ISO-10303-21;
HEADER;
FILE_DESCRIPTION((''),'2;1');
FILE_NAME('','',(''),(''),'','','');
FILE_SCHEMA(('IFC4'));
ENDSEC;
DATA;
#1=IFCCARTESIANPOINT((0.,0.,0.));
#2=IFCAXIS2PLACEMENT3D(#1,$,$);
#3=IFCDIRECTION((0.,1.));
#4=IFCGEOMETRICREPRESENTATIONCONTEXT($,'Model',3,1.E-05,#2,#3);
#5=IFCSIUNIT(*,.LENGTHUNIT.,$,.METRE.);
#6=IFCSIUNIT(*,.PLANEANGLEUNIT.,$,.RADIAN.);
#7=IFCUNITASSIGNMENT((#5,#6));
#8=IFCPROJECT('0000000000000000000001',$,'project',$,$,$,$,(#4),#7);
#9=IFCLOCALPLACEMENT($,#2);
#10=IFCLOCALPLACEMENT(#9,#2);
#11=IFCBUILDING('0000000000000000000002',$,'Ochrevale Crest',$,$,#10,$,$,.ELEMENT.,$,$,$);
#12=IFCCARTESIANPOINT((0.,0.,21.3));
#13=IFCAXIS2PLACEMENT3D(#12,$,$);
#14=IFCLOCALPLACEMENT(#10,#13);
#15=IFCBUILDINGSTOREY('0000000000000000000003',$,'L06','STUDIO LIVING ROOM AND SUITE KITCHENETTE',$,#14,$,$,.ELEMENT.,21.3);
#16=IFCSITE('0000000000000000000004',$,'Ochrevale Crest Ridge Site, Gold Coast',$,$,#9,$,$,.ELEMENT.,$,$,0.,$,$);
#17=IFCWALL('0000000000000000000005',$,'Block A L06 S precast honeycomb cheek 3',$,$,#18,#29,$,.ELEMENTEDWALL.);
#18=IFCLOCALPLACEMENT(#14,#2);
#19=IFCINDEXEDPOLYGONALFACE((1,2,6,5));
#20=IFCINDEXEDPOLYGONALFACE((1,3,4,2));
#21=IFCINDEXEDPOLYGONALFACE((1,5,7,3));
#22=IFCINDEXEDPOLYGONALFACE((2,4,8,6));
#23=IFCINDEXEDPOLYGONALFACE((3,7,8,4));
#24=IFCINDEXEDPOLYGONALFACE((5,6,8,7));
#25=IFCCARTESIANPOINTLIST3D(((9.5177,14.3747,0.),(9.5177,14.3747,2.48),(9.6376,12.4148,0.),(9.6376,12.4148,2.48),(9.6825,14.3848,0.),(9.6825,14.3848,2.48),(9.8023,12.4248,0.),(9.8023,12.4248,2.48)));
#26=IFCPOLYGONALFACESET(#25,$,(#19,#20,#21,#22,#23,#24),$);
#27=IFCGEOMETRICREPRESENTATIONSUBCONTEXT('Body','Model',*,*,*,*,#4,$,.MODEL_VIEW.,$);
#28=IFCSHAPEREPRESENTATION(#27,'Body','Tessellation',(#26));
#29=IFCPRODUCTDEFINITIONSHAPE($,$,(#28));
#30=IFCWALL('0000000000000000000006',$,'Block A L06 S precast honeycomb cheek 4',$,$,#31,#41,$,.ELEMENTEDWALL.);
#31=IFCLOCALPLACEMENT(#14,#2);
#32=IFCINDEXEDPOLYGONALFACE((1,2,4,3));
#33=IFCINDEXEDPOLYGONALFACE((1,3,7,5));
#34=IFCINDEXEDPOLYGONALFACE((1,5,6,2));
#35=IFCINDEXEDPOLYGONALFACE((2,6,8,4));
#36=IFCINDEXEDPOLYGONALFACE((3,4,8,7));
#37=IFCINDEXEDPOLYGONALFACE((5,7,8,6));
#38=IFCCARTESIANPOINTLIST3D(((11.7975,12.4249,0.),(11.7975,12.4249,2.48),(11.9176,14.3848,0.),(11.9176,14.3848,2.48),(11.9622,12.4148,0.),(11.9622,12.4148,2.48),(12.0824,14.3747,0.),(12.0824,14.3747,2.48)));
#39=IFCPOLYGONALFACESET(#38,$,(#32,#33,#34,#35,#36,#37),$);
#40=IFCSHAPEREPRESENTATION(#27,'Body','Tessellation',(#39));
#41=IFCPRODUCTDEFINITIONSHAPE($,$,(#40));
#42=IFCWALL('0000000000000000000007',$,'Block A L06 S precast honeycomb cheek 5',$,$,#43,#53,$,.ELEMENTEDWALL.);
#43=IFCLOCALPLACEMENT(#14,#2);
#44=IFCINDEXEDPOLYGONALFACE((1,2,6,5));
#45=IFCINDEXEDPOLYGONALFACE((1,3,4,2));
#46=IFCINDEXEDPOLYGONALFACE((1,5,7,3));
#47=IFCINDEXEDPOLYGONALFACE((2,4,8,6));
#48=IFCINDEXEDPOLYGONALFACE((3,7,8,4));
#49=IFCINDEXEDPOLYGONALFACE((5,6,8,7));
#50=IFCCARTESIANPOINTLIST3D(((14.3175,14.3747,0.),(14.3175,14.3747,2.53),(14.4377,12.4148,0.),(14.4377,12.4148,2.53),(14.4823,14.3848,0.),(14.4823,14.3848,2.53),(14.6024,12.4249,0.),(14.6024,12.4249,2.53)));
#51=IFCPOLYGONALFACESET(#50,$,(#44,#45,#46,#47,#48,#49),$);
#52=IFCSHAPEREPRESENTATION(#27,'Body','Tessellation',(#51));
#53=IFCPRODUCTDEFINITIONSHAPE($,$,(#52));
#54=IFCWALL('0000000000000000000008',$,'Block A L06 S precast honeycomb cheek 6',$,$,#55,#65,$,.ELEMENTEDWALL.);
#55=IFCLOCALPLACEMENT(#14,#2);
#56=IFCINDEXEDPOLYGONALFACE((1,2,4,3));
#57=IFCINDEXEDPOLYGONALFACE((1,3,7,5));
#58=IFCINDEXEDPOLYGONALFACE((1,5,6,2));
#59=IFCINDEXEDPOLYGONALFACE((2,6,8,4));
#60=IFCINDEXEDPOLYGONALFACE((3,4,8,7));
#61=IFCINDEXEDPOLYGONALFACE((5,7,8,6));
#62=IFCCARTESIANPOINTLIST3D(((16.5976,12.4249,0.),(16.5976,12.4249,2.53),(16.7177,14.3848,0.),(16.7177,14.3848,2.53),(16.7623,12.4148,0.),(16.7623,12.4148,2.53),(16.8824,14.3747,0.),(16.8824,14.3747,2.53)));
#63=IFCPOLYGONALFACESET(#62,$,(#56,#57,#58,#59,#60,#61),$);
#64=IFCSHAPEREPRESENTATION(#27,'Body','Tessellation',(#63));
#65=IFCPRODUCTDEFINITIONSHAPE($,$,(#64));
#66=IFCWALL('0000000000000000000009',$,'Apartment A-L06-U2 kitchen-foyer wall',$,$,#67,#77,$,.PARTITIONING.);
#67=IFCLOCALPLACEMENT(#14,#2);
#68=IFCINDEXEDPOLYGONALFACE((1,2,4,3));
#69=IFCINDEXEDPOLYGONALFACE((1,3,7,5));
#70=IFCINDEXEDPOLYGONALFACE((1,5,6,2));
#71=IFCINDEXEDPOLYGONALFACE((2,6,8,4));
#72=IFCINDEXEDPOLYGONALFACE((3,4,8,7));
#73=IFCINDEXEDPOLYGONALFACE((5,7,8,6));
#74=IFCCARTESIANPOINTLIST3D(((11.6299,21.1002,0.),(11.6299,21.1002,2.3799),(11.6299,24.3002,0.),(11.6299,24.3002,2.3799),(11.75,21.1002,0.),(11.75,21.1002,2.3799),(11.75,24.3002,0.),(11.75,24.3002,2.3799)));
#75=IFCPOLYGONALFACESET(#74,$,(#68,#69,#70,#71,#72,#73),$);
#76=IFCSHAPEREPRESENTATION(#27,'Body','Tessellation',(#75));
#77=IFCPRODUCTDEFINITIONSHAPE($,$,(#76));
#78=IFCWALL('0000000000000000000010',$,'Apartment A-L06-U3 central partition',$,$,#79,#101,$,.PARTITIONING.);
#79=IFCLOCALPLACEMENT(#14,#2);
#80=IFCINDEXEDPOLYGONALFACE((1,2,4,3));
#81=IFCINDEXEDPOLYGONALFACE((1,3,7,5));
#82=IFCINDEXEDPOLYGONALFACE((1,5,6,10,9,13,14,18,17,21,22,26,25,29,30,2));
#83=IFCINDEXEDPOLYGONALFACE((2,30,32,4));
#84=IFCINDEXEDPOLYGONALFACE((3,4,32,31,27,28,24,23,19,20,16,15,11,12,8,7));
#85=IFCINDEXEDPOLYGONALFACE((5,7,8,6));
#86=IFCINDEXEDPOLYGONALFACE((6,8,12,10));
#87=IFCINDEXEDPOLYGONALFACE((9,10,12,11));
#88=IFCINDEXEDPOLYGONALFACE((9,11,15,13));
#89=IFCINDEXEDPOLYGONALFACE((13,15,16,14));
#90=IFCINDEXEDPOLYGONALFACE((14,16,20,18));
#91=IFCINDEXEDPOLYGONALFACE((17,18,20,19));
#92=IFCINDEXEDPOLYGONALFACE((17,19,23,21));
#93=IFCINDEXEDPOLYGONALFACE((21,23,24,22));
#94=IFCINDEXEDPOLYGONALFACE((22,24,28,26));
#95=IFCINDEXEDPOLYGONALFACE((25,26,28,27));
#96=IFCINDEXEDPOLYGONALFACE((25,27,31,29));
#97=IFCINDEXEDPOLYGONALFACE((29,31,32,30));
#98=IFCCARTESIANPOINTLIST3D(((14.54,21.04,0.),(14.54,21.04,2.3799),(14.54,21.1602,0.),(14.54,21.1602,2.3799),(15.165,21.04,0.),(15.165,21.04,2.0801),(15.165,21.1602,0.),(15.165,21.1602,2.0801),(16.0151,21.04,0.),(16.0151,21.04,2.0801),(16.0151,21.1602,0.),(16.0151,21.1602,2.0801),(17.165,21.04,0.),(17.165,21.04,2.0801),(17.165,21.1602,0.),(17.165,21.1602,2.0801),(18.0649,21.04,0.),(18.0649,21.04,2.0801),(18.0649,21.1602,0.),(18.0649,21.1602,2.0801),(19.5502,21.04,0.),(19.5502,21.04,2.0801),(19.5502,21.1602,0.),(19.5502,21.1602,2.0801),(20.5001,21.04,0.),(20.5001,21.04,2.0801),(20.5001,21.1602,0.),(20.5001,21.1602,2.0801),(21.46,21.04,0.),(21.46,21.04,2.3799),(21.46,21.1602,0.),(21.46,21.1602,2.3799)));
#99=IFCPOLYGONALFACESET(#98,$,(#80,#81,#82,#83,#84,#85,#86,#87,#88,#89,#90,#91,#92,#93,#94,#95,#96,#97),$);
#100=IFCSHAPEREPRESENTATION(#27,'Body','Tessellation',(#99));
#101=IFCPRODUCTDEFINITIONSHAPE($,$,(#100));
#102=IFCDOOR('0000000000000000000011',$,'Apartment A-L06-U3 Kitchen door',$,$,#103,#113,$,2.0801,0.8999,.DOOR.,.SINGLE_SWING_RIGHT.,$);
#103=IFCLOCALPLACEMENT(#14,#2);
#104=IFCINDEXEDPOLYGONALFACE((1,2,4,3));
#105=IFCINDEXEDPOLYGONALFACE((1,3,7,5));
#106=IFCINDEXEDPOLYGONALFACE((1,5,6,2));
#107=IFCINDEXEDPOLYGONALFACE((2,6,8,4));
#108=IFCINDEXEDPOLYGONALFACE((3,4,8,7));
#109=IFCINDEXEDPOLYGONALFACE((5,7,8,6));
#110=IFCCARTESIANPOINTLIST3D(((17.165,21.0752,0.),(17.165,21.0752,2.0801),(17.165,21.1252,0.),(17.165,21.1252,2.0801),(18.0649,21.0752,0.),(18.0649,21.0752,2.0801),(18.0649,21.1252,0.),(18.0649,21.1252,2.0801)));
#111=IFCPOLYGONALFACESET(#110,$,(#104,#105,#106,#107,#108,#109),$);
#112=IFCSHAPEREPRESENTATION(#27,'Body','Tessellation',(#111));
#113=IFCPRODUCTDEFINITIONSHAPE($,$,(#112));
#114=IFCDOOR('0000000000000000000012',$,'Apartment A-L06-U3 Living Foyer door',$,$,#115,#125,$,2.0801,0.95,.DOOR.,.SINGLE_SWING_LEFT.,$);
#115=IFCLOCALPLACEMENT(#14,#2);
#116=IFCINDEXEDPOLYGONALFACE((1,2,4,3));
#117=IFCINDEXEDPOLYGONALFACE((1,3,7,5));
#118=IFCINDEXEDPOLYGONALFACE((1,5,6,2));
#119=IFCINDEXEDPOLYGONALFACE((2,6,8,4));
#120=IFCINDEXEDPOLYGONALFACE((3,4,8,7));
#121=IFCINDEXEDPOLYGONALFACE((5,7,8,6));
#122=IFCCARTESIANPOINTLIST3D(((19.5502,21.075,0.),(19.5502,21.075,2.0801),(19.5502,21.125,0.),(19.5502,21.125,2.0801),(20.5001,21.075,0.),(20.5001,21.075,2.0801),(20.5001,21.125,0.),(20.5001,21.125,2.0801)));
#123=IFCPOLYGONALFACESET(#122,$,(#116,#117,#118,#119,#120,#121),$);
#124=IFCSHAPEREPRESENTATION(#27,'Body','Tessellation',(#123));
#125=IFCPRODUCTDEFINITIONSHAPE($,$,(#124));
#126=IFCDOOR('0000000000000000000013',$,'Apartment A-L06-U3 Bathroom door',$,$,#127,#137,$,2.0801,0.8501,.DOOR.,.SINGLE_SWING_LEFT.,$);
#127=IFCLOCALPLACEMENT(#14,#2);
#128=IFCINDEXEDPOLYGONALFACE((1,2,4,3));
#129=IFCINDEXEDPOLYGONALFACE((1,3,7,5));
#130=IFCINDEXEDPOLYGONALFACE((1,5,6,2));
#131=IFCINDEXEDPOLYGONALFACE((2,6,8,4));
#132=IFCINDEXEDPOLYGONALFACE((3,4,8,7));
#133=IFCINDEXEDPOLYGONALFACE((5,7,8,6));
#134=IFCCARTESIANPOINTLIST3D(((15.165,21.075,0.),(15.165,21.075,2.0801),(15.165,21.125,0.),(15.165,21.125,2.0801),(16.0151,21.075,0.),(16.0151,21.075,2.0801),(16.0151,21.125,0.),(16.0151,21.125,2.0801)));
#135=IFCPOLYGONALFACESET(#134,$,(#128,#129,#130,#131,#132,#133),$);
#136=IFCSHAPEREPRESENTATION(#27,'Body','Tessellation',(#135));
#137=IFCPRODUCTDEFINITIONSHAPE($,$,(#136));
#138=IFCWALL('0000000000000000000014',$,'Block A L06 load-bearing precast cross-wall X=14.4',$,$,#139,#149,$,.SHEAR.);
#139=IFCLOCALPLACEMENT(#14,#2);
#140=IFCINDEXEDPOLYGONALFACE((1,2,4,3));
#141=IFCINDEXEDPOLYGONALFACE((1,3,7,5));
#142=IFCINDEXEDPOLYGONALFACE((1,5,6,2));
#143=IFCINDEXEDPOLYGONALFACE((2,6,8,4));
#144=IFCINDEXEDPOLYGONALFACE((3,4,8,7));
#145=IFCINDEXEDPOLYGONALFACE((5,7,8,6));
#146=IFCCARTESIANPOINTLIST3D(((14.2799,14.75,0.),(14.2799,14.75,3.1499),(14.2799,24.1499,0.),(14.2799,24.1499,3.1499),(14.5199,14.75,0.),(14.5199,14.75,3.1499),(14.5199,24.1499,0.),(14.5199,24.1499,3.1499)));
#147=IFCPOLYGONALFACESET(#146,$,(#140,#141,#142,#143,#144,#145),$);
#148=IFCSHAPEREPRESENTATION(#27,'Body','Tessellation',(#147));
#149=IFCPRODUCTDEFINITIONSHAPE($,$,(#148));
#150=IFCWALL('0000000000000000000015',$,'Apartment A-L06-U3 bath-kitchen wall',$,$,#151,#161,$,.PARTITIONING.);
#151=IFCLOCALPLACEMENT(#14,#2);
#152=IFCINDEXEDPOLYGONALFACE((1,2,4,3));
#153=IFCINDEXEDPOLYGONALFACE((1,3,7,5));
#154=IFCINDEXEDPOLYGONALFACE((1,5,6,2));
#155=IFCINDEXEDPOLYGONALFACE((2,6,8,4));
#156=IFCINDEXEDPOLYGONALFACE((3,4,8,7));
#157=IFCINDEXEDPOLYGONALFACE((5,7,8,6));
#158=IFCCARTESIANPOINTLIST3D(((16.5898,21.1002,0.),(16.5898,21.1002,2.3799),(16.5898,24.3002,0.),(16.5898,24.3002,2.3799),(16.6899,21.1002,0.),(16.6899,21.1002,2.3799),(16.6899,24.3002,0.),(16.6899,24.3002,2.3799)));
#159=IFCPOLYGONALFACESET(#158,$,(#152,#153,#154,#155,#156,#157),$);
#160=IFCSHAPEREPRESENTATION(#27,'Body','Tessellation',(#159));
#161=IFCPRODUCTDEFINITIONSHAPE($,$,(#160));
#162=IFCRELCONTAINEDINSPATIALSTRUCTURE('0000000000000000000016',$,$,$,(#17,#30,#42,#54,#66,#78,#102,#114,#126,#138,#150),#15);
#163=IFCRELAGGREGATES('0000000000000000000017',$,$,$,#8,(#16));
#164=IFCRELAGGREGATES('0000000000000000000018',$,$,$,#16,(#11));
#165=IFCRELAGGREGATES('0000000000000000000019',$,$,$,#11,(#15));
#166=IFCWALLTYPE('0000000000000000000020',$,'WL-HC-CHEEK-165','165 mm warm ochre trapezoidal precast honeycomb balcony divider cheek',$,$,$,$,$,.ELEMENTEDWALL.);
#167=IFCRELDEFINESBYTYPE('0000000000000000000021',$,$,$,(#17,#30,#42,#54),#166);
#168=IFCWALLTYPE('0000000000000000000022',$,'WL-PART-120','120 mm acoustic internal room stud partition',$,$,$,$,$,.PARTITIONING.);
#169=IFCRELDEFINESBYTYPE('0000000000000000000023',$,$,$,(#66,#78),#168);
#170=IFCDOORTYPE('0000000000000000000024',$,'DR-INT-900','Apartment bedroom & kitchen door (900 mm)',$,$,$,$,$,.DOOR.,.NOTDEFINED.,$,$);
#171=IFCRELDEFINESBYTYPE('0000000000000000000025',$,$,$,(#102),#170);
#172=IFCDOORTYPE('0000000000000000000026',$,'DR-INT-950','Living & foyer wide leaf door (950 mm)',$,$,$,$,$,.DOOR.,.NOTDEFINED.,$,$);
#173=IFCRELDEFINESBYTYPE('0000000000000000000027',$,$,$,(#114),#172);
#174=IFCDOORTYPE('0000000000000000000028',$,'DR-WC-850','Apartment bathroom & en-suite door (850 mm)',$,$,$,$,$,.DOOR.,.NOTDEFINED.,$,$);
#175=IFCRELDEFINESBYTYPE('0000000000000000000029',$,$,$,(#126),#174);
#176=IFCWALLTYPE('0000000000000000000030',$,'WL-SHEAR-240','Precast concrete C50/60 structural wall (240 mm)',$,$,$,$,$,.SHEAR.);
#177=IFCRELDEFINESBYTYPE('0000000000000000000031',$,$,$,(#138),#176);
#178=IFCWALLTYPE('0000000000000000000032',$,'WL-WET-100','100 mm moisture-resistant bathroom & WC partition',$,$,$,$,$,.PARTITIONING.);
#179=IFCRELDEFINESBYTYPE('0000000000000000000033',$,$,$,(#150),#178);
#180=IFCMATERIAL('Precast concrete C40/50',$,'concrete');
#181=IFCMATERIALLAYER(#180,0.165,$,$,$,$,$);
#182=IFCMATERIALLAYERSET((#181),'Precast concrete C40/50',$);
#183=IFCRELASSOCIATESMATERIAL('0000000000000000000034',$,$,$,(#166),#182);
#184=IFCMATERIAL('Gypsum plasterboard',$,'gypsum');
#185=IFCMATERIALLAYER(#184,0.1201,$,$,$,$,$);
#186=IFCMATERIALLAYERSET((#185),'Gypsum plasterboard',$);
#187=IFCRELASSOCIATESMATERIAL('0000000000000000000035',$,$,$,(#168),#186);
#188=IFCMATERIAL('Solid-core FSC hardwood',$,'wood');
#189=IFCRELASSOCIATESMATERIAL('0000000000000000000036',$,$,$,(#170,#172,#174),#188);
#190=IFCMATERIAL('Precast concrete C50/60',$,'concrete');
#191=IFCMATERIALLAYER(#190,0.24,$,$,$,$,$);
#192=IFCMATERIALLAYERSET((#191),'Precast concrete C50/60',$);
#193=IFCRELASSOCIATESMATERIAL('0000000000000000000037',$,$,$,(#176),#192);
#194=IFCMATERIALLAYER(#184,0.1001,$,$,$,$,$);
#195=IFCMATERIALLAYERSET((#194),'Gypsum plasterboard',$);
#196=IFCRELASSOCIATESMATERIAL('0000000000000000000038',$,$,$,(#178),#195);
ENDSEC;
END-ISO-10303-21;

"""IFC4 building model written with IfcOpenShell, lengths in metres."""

from ifc_helpers import new_model, si_unit, direction, frame, frame_2d, origin, place, context, subcontext, project, spatial, rectangle, extrude, material, layer, layer_set, type_object, element, fill, save


model = new_model("IFC4")

# Units and contexts
model_context = context("Model", 3, precision=1e-05, world=origin(), true_north=direction((0.0, 1.0)))
body_context = subcontext(model_context, "Body", "Model", "MODEL_VIEW")
ifc_project = project(units=[si_unit("LENGTHUNIT", "METRE"), si_unit("PLANEANGLEUNIT", "RADIAN")], contexts=[model_context])

# Site, building, storey
site_placement = place(None, origin())
site = spatial("IfcSite", under=ifc_project, at=site_placement, Name="Ochrevale Crest Ridge Site, Gold Coast", CompositionType="ELEMENT", RefElevation=0.0)
building_placement = place(site_placement, origin())
building = spatial("IfcBuilding", under=site, at=building_placement, Name="Ochrevale Crest", CompositionType="ELEMENT")
storey_placement = place(building_placement, frame((0.0, 0.0, 21.3)))
storey = spatial("IfcBuildingStorey", under=building, at=storey_placement, Name="L06", Description="STUDIO LIVING ROOM AND SUITE KITCHENETTE", CompositionType="ELEMENT", Elevation=21.3)

# Shared definitions
ifc_material_1 = material(Name="Precast concrete C50/60", Category="concrete")

# Shared definitions
ifc_material_2 = material(Name="Precast concrete C40/50", Category="concrete")

# Walls
ifc_layer_1 = layer(ifc_material_2, 0.165)
ifc_layer_set_1 = layer_set([ifc_layer_1], Name="Precast concrete C40/50")
wall_type_1 = type_object("IfcWallType", Name="WL-HC-CHEEK-165", Description="165 mm warm ochre trapezoidal precast honeycomb balcony divider cheek", PredefinedType="ELEMENTEDWALL", material=ifc_layer_set_1)
for number, where, z_axis, x_axis, name in (
    (1, (9.6001, 14.3799, 0.0), (0.0, 0.0, 1.0), (0.061047, -0.998135, 0.0), "Block A L06 S precast honeycomb cheek 3"),
    (2, (12.0, 14.3799, 0.0), (0.0, 0.0, 1.0), (-0.061171, -0.998127, 0.0), "Block A L06 S precast honeycomb cheek 4"),
):
    element("IfcWall", number, at=place(storey_placement, frame(where, z_axis=z_axis, x_axis=x_axis)), inside=storey, type_object=wall_type_1, Name=name, PredefinedType="ELEMENTEDWALL", context=body_context, shape_type="SweptSolid", body=[
        extrude(rectangle(XDim=1.9636, YDim=0.165, at=frame_2d((0.9819, 0.0))), origin(), (0.0, 0.0, 1.0), 2.48),
    ])
for number, where, z_axis, x_axis, name in (
    (3, (14.3999, 14.3799, 0.0), (0.0, 0.0, 1.0), (0.061171, -0.998127, 0.0), "Block A L06 S precast honeycomb cheek 5"),
    (4, (16.8, 14.3799, 0.0), (0.0, 0.0, 1.0), (-0.061171, -0.998127, 0.0), "Block A L06 S precast honeycomb cheek 6"),
):
    element("IfcWall", number, at=place(storey_placement, frame(where, z_axis=z_axis, x_axis=x_axis)), inside=storey, type_object=wall_type_1, Name=name, PredefinedType="ELEMENTEDWALL", context=body_context, shape_type="SweptSolid", body=[
        extrude(rectangle(XDim=1.9636, YDim=0.165, at=frame_2d((0.9819, 0.0))), origin(), (0.0, 0.0, 1.0), 2.53),
    ])
ifc_material_3 = material(Name="Gypsum plasterboard", Category="gypsum")
ifc_layer_2 = layer(ifc_material_3, 0.1201)
ifc_layer_set_2 = layer_set([ifc_layer_2], Name="Gypsum plasterboard")
wall_type_2 = type_object("IfcWallType", Name="WL-PART-120", Description="120 mm acoustic internal room stud partition", PredefinedType="PARTITIONING", material=ifc_layer_set_2)
wall_1_placement = place(storey_placement, frame((11.6899, 21.1001, 0.0), z_axis=(0.0, 0.0, 1.0), x_axis=(0.0, 1.0, 0.0)))
element("IfcWall", 5, at=wall_1_placement, inside=storey, type_object=wall_type_2, Name="Apartment A-L06-U2 kitchen-foyer wall", PredefinedType="PARTITIONING", context=body_context, shape_type="SweptSolid", body=[
    extrude(rectangle(XDim=3.2, YDim=0.1201, at=frame_2d((1.6001, 0.0))), origin(), (0.0, 0.0, 1.0), 2.3799),
])

# Wall, openings, doors
wall_2_placement = place(storey_placement, frame((14.54, 21.1001, 0.0), z_axis=(0.0, 0.0, 1.0), x_axis=(1.0, 0.0, 0.0)))
wall_2 = element("IfcWall", 6, at=wall_2_placement, inside=storey, type_object=wall_type_2, Name="Apartment A-L06-U3 central partition", PredefinedType="PARTITIONING", context=body_context, shape_type="SweptSolid", body=[
    extrude(rectangle(XDim=6.9199, YDim=0.1201, at=frame_2d((3.46, 0.0))), origin(), (0.0, 0.0, 1.0), 2.3799),
])
opening_1_placement = place(wall_2_placement, frame((0.625, 0.0, 0.0)))
opening_1 = element("IfcOpeningElement", 7, at=opening_1_placement, cuts=wall_2, PredefinedType="OPENING", context=body_context, shape_type="SweptSolid", body=[
    extrude(rectangle(XDim=0.8501, YDim=2.0801, at=frame_2d((0.425, 1.04))), frame((0.0, 0.0701, 0.0), z_axis=(0.0, -1.0, 0.0), x_axis=(1.0, 0.0, 0.0)), (0.0, 0.0, 1.0), 0.1401),
])
opening_2_placement = place(wall_2_placement, frame((3.5249, 0.0, 0.0), z_axis=(0.0, 0.0, 1.0), x_axis=(-1.0, 0.0, 0.0)))
opening_2 = element("IfcOpeningElement", 8, at=opening_2_placement, cuts=wall_2, PredefinedType="OPENING", context=body_context, shape_type="SweptSolid", body=[
    extrude(rectangle(XDim=0.8999, YDim=2.0801, at=frame_2d((0.45, 1.04))), frame((0.0, 0.0701, 0.0), z_axis=(0.0, -1.0, 0.0), x_axis=(1.0, 0.0, 0.0)), (0.0, 0.0, 1.0), 0.1401),
])
opening_3_placement = place(wall_2_placement, frame((5.01, 0.0, 0.0)))
opening_3 = element("IfcOpeningElement", 9, at=opening_3_placement, cuts=wall_2, PredefinedType="OPENING", context=body_context, shape_type="SweptSolid", body=[
    extrude(rectangle(XDim=0.95, YDim=2.0801, at=frame_2d((0.4751, 1.04))), frame((0.0, 0.0701, 0.0), z_axis=(0.0, -1.0, 0.0), x_axis=(1.0, 0.0, 0.0)), (0.0, 0.0, 1.0), 0.1401),
])
ifc_material_4 = material(Name="Solid-core FSC hardwood", Category="wood")
door_type_1 = type_object("IfcDoorType", Name="DR-INT-900", Description="Apartment bedroom & kitchen door (900 mm)", OperationType="NOTDEFINED", PredefinedType="DOOR", material=ifc_material_4)
door_1_placement = place(opening_2_placement, origin())
door_1 = element("IfcDoor", 10, at=door_1_placement, inside=storey, type_object=door_type_1, Name="Apartment A-L06-U3 Kitchen door", OperationType="SINGLE_SWING_RIGHT", OverallHeight=2.0801, OverallWidth=0.8999, PredefinedType="DOOR", context=body_context, shape_type="SweptSolid", body=[
    extrude(rectangle(XDim=0.8999, YDim=2.0801, at=frame_2d((0.45, 1.04))), frame((0.0, 0.0249, 0.0), z_axis=(0.0, -1.0, 0.0), x_axis=(1.0, 0.0, 0.0)), (0.0, 0.0, 1.0), 0.05),
])
fill(opening_2, door_1)
door_type_2 = type_object("IfcDoorType", Name="DR-INT-950", Description="Living & foyer wide leaf door (950 mm)", OperationType="NOTDEFINED", PredefinedType="DOOR", material=ifc_material_4)
door_2_placement = place(opening_3_placement, origin())
door_2 = element("IfcDoor", 11, at=door_2_placement, inside=storey, type_object=door_type_2, Name="Apartment A-L06-U3 Living Foyer door", OperationType="SINGLE_SWING_LEFT", OverallHeight=2.0801, OverallWidth=0.95, PredefinedType="DOOR", context=body_context, shape_type="SweptSolid", body=[
    extrude(rectangle(XDim=0.95, YDim=2.0801, at=frame_2d((0.4751, 1.04))), frame((0.0, 0.0249, 0.0), z_axis=(0.0, -1.0, 0.0), x_axis=(1.0, 0.0, 0.0)), (0.0, 0.0, 1.0), 0.05),
])
fill(opening_3, door_2)
door_type_3 = type_object("IfcDoorType", Name="DR-WC-850", Description="Apartment bathroom & en-suite door (850 mm)", OperationType="NOTDEFINED", PredefinedType="DOOR", material=ifc_material_4)
door_3_placement = place(opening_1_placement, origin())
door_3 = element("IfcDoor", 12, at=door_3_placement, inside=storey, type_object=door_type_3, Name="Apartment A-L06-U3 Bathroom door", OperationType="SINGLE_SWING_LEFT", OverallHeight=2.0801, OverallWidth=0.8501, PredefinedType="DOOR", context=body_context, shape_type="SweptSolid", body=[
    extrude(rectangle(XDim=0.8501, YDim=2.0801, at=frame_2d((0.425, 1.04))), frame((0.0, 0.0249, 0.0), z_axis=(0.0, -1.0, 0.0), x_axis=(1.0, 0.0, 0.0)), (0.0, 0.0, 1.0), 0.05),
])
fill(opening_1, door_3)

# Walls
ifc_layer_3 = layer(ifc_material_1, 0.24)
ifc_layer_set_3 = layer_set([ifc_layer_3], Name="Precast concrete C50/60")
wall_type_3 = type_object("IfcWallType", Name="WL-SHEAR-240", Description="Precast concrete C50/60 structural wall (240 mm)", PredefinedType="SHEAR", material=ifc_layer_set_3)
wall_3_placement = place(storey_placement, frame((14.3999, 14.75, 0.0), z_axis=(0.0, 0.0, 1.0), x_axis=(0.0, 1.0, 0.0)))
element("IfcWall", 13, at=wall_3_placement, inside=storey, type_object=wall_type_3, Name="Block A L06 load-bearing precast cross-wall X=14.4", PredefinedType="SHEAR", context=body_context, shape_type="SweptSolid", body=[
    extrude(rectangle(XDim=9.3999, YDim=0.24, at=frame_2d((4.7, 0.0))), origin(), (0.0, 0.0, 1.0), 3.1499),
])
ifc_layer_4 = layer(ifc_material_3, 0.1001)
ifc_layer_set_4 = layer_set([ifc_layer_4], Name="Gypsum plasterboard")
wall_type_4 = type_object("IfcWallType", Name="WL-WET-100", Description="100 mm moisture-resistant bathroom & WC partition", PredefinedType="PARTITIONING", material=ifc_layer_set_4)
wall_4_placement = place(storey_placement, frame((16.6399, 21.1001, 0.0), z_axis=(0.0, 0.0, 1.0), x_axis=(0.0, 1.0, 0.0)))
element("IfcWall", 14, at=wall_4_placement, inside=storey, type_object=wall_type_4, Name="Apartment A-L06-U3 bath-kitchen wall", PredefinedType="PARTITIONING", context=body_context, shape_type="SweptSolid", body=[
    extrude(rectangle(XDim=3.2, YDim=0.1001, at=frame_2d((1.6001, 0.0))), origin(), (0.0, 0.0, 1.0), 2.3799),
])

save(model, "model.ifc")
